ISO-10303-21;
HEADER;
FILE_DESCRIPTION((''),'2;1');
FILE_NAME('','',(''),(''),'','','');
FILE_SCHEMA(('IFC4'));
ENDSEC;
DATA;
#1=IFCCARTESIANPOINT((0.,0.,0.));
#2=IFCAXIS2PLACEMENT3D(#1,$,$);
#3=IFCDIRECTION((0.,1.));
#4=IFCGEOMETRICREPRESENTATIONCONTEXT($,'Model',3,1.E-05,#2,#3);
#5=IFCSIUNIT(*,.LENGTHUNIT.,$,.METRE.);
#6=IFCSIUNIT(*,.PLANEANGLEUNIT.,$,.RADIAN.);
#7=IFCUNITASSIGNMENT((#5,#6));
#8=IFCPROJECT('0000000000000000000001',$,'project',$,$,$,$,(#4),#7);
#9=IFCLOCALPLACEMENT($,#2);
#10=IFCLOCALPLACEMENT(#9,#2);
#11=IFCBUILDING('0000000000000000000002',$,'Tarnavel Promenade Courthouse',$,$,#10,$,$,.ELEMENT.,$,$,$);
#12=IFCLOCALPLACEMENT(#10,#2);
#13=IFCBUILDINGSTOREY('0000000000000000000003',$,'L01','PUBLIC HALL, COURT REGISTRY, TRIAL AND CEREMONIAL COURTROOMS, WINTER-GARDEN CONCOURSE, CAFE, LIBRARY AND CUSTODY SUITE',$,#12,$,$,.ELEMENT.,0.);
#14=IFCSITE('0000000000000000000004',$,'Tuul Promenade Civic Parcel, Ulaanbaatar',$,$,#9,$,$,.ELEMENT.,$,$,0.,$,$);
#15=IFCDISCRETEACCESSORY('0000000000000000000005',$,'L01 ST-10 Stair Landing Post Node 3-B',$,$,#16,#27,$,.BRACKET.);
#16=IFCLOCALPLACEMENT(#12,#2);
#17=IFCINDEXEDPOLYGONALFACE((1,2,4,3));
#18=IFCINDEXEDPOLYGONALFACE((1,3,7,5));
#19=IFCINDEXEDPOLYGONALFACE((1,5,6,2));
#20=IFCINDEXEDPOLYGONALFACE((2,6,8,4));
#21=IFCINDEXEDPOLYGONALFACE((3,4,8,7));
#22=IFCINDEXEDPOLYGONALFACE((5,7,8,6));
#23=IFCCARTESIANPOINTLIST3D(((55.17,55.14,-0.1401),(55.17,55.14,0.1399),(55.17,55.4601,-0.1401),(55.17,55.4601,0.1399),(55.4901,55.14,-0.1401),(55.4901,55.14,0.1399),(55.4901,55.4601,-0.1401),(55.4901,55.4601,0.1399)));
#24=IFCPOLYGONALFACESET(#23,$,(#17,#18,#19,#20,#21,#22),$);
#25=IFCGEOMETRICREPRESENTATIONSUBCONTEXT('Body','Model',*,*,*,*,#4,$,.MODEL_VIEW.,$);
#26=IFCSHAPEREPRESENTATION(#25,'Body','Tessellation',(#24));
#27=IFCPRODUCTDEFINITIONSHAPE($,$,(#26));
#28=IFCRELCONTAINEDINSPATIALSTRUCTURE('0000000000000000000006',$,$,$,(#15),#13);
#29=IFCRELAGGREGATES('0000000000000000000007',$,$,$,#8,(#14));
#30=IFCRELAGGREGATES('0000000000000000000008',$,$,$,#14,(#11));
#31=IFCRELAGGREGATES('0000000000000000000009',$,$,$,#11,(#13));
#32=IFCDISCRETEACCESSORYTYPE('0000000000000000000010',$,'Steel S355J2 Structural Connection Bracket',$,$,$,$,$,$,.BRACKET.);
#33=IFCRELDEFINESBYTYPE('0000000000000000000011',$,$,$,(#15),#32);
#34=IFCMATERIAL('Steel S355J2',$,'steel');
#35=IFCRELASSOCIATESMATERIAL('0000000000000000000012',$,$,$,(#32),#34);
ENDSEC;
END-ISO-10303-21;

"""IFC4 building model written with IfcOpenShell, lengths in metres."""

from ifc_helpers import new_model, si_unit, direction, frame, origin, origin_2d, place, context, subcontext, project, spatial, rectangle, extrude, material, type_object, element, save


model = new_model("IFC4")

# Units and contexts
model_context = context("Model", 3, precision=1e-05, world=origin(), true_north=direction((0.0, 1.0)))
body_context = subcontext(model_context, "Body", "Model", "MODEL_VIEW")
ifc_project = project(units=[si_unit("LENGTHUNIT", "METRE"), si_unit("PLANEANGLEUNIT", "RADIAN")], contexts=[model_context])

# Site, building, storey
site_placement = place(None, origin())
site = spatial("IfcSite", under=ifc_project, at=site_placement, Name="Tuul Promenade Civic Parcel, Ulaanbaatar", CompositionType="ELEMENT", RefElevation=0.0)
building_placement = place(site_placement, origin())
building = spatial("IfcBuilding", under=site, at=building_placement, Name="Tarnavel Promenade Courthouse", CompositionType="ELEMENT")
storey_placement = place(building_placement, origin())
storey = spatial("IfcBuildingStorey", under=building, at=storey_placement, Name="L01", Description="PUBLIC HALL, COURT REGISTRY, TRIAL AND CEREMONIAL COURTROOMS, WINTER-GARDEN CONCOURSE, CAFE, LIBRARY AND CUSTODY SUITE", CompositionType="ELEMENT", Elevation=0.0)

# Shared definitions
ifc_material_1 = material(Name="Steel S355J2", Category="steel")

# Discrete accessory
discrete_accessory_type = type_object("IfcDiscreteAccessoryType", Name="Steel S355J2 Structural Connection Bracket", PredefinedType="BRACKET", material=ifc_material_1)
for number, where, z_axis, x_axis, name in (
    (1, (55.3301, 55.3, -0.1401), (0.0, 0.0, 1.0), (1.0, 0.0, 0.0), "L01 ST-10 Stair Landing Post Node 3-B"),
):
    element("IfcDiscreteAccessory", number, at=place(storey_placement, frame(where, z_axis=z_axis, x_axis=x_axis)), inside=storey, type_object=discrete_accessory_type, Name=name, PredefinedType="BRACKET", context=body_context, shape_type="SweptSolid", body=[
        extrude(rectangle(XDim=0.3201, YDim=0.3201, at=origin_2d()), origin(), (0.0, 0.0, 1.0), 0.28),
    ])

save(model, "model.ifc")
